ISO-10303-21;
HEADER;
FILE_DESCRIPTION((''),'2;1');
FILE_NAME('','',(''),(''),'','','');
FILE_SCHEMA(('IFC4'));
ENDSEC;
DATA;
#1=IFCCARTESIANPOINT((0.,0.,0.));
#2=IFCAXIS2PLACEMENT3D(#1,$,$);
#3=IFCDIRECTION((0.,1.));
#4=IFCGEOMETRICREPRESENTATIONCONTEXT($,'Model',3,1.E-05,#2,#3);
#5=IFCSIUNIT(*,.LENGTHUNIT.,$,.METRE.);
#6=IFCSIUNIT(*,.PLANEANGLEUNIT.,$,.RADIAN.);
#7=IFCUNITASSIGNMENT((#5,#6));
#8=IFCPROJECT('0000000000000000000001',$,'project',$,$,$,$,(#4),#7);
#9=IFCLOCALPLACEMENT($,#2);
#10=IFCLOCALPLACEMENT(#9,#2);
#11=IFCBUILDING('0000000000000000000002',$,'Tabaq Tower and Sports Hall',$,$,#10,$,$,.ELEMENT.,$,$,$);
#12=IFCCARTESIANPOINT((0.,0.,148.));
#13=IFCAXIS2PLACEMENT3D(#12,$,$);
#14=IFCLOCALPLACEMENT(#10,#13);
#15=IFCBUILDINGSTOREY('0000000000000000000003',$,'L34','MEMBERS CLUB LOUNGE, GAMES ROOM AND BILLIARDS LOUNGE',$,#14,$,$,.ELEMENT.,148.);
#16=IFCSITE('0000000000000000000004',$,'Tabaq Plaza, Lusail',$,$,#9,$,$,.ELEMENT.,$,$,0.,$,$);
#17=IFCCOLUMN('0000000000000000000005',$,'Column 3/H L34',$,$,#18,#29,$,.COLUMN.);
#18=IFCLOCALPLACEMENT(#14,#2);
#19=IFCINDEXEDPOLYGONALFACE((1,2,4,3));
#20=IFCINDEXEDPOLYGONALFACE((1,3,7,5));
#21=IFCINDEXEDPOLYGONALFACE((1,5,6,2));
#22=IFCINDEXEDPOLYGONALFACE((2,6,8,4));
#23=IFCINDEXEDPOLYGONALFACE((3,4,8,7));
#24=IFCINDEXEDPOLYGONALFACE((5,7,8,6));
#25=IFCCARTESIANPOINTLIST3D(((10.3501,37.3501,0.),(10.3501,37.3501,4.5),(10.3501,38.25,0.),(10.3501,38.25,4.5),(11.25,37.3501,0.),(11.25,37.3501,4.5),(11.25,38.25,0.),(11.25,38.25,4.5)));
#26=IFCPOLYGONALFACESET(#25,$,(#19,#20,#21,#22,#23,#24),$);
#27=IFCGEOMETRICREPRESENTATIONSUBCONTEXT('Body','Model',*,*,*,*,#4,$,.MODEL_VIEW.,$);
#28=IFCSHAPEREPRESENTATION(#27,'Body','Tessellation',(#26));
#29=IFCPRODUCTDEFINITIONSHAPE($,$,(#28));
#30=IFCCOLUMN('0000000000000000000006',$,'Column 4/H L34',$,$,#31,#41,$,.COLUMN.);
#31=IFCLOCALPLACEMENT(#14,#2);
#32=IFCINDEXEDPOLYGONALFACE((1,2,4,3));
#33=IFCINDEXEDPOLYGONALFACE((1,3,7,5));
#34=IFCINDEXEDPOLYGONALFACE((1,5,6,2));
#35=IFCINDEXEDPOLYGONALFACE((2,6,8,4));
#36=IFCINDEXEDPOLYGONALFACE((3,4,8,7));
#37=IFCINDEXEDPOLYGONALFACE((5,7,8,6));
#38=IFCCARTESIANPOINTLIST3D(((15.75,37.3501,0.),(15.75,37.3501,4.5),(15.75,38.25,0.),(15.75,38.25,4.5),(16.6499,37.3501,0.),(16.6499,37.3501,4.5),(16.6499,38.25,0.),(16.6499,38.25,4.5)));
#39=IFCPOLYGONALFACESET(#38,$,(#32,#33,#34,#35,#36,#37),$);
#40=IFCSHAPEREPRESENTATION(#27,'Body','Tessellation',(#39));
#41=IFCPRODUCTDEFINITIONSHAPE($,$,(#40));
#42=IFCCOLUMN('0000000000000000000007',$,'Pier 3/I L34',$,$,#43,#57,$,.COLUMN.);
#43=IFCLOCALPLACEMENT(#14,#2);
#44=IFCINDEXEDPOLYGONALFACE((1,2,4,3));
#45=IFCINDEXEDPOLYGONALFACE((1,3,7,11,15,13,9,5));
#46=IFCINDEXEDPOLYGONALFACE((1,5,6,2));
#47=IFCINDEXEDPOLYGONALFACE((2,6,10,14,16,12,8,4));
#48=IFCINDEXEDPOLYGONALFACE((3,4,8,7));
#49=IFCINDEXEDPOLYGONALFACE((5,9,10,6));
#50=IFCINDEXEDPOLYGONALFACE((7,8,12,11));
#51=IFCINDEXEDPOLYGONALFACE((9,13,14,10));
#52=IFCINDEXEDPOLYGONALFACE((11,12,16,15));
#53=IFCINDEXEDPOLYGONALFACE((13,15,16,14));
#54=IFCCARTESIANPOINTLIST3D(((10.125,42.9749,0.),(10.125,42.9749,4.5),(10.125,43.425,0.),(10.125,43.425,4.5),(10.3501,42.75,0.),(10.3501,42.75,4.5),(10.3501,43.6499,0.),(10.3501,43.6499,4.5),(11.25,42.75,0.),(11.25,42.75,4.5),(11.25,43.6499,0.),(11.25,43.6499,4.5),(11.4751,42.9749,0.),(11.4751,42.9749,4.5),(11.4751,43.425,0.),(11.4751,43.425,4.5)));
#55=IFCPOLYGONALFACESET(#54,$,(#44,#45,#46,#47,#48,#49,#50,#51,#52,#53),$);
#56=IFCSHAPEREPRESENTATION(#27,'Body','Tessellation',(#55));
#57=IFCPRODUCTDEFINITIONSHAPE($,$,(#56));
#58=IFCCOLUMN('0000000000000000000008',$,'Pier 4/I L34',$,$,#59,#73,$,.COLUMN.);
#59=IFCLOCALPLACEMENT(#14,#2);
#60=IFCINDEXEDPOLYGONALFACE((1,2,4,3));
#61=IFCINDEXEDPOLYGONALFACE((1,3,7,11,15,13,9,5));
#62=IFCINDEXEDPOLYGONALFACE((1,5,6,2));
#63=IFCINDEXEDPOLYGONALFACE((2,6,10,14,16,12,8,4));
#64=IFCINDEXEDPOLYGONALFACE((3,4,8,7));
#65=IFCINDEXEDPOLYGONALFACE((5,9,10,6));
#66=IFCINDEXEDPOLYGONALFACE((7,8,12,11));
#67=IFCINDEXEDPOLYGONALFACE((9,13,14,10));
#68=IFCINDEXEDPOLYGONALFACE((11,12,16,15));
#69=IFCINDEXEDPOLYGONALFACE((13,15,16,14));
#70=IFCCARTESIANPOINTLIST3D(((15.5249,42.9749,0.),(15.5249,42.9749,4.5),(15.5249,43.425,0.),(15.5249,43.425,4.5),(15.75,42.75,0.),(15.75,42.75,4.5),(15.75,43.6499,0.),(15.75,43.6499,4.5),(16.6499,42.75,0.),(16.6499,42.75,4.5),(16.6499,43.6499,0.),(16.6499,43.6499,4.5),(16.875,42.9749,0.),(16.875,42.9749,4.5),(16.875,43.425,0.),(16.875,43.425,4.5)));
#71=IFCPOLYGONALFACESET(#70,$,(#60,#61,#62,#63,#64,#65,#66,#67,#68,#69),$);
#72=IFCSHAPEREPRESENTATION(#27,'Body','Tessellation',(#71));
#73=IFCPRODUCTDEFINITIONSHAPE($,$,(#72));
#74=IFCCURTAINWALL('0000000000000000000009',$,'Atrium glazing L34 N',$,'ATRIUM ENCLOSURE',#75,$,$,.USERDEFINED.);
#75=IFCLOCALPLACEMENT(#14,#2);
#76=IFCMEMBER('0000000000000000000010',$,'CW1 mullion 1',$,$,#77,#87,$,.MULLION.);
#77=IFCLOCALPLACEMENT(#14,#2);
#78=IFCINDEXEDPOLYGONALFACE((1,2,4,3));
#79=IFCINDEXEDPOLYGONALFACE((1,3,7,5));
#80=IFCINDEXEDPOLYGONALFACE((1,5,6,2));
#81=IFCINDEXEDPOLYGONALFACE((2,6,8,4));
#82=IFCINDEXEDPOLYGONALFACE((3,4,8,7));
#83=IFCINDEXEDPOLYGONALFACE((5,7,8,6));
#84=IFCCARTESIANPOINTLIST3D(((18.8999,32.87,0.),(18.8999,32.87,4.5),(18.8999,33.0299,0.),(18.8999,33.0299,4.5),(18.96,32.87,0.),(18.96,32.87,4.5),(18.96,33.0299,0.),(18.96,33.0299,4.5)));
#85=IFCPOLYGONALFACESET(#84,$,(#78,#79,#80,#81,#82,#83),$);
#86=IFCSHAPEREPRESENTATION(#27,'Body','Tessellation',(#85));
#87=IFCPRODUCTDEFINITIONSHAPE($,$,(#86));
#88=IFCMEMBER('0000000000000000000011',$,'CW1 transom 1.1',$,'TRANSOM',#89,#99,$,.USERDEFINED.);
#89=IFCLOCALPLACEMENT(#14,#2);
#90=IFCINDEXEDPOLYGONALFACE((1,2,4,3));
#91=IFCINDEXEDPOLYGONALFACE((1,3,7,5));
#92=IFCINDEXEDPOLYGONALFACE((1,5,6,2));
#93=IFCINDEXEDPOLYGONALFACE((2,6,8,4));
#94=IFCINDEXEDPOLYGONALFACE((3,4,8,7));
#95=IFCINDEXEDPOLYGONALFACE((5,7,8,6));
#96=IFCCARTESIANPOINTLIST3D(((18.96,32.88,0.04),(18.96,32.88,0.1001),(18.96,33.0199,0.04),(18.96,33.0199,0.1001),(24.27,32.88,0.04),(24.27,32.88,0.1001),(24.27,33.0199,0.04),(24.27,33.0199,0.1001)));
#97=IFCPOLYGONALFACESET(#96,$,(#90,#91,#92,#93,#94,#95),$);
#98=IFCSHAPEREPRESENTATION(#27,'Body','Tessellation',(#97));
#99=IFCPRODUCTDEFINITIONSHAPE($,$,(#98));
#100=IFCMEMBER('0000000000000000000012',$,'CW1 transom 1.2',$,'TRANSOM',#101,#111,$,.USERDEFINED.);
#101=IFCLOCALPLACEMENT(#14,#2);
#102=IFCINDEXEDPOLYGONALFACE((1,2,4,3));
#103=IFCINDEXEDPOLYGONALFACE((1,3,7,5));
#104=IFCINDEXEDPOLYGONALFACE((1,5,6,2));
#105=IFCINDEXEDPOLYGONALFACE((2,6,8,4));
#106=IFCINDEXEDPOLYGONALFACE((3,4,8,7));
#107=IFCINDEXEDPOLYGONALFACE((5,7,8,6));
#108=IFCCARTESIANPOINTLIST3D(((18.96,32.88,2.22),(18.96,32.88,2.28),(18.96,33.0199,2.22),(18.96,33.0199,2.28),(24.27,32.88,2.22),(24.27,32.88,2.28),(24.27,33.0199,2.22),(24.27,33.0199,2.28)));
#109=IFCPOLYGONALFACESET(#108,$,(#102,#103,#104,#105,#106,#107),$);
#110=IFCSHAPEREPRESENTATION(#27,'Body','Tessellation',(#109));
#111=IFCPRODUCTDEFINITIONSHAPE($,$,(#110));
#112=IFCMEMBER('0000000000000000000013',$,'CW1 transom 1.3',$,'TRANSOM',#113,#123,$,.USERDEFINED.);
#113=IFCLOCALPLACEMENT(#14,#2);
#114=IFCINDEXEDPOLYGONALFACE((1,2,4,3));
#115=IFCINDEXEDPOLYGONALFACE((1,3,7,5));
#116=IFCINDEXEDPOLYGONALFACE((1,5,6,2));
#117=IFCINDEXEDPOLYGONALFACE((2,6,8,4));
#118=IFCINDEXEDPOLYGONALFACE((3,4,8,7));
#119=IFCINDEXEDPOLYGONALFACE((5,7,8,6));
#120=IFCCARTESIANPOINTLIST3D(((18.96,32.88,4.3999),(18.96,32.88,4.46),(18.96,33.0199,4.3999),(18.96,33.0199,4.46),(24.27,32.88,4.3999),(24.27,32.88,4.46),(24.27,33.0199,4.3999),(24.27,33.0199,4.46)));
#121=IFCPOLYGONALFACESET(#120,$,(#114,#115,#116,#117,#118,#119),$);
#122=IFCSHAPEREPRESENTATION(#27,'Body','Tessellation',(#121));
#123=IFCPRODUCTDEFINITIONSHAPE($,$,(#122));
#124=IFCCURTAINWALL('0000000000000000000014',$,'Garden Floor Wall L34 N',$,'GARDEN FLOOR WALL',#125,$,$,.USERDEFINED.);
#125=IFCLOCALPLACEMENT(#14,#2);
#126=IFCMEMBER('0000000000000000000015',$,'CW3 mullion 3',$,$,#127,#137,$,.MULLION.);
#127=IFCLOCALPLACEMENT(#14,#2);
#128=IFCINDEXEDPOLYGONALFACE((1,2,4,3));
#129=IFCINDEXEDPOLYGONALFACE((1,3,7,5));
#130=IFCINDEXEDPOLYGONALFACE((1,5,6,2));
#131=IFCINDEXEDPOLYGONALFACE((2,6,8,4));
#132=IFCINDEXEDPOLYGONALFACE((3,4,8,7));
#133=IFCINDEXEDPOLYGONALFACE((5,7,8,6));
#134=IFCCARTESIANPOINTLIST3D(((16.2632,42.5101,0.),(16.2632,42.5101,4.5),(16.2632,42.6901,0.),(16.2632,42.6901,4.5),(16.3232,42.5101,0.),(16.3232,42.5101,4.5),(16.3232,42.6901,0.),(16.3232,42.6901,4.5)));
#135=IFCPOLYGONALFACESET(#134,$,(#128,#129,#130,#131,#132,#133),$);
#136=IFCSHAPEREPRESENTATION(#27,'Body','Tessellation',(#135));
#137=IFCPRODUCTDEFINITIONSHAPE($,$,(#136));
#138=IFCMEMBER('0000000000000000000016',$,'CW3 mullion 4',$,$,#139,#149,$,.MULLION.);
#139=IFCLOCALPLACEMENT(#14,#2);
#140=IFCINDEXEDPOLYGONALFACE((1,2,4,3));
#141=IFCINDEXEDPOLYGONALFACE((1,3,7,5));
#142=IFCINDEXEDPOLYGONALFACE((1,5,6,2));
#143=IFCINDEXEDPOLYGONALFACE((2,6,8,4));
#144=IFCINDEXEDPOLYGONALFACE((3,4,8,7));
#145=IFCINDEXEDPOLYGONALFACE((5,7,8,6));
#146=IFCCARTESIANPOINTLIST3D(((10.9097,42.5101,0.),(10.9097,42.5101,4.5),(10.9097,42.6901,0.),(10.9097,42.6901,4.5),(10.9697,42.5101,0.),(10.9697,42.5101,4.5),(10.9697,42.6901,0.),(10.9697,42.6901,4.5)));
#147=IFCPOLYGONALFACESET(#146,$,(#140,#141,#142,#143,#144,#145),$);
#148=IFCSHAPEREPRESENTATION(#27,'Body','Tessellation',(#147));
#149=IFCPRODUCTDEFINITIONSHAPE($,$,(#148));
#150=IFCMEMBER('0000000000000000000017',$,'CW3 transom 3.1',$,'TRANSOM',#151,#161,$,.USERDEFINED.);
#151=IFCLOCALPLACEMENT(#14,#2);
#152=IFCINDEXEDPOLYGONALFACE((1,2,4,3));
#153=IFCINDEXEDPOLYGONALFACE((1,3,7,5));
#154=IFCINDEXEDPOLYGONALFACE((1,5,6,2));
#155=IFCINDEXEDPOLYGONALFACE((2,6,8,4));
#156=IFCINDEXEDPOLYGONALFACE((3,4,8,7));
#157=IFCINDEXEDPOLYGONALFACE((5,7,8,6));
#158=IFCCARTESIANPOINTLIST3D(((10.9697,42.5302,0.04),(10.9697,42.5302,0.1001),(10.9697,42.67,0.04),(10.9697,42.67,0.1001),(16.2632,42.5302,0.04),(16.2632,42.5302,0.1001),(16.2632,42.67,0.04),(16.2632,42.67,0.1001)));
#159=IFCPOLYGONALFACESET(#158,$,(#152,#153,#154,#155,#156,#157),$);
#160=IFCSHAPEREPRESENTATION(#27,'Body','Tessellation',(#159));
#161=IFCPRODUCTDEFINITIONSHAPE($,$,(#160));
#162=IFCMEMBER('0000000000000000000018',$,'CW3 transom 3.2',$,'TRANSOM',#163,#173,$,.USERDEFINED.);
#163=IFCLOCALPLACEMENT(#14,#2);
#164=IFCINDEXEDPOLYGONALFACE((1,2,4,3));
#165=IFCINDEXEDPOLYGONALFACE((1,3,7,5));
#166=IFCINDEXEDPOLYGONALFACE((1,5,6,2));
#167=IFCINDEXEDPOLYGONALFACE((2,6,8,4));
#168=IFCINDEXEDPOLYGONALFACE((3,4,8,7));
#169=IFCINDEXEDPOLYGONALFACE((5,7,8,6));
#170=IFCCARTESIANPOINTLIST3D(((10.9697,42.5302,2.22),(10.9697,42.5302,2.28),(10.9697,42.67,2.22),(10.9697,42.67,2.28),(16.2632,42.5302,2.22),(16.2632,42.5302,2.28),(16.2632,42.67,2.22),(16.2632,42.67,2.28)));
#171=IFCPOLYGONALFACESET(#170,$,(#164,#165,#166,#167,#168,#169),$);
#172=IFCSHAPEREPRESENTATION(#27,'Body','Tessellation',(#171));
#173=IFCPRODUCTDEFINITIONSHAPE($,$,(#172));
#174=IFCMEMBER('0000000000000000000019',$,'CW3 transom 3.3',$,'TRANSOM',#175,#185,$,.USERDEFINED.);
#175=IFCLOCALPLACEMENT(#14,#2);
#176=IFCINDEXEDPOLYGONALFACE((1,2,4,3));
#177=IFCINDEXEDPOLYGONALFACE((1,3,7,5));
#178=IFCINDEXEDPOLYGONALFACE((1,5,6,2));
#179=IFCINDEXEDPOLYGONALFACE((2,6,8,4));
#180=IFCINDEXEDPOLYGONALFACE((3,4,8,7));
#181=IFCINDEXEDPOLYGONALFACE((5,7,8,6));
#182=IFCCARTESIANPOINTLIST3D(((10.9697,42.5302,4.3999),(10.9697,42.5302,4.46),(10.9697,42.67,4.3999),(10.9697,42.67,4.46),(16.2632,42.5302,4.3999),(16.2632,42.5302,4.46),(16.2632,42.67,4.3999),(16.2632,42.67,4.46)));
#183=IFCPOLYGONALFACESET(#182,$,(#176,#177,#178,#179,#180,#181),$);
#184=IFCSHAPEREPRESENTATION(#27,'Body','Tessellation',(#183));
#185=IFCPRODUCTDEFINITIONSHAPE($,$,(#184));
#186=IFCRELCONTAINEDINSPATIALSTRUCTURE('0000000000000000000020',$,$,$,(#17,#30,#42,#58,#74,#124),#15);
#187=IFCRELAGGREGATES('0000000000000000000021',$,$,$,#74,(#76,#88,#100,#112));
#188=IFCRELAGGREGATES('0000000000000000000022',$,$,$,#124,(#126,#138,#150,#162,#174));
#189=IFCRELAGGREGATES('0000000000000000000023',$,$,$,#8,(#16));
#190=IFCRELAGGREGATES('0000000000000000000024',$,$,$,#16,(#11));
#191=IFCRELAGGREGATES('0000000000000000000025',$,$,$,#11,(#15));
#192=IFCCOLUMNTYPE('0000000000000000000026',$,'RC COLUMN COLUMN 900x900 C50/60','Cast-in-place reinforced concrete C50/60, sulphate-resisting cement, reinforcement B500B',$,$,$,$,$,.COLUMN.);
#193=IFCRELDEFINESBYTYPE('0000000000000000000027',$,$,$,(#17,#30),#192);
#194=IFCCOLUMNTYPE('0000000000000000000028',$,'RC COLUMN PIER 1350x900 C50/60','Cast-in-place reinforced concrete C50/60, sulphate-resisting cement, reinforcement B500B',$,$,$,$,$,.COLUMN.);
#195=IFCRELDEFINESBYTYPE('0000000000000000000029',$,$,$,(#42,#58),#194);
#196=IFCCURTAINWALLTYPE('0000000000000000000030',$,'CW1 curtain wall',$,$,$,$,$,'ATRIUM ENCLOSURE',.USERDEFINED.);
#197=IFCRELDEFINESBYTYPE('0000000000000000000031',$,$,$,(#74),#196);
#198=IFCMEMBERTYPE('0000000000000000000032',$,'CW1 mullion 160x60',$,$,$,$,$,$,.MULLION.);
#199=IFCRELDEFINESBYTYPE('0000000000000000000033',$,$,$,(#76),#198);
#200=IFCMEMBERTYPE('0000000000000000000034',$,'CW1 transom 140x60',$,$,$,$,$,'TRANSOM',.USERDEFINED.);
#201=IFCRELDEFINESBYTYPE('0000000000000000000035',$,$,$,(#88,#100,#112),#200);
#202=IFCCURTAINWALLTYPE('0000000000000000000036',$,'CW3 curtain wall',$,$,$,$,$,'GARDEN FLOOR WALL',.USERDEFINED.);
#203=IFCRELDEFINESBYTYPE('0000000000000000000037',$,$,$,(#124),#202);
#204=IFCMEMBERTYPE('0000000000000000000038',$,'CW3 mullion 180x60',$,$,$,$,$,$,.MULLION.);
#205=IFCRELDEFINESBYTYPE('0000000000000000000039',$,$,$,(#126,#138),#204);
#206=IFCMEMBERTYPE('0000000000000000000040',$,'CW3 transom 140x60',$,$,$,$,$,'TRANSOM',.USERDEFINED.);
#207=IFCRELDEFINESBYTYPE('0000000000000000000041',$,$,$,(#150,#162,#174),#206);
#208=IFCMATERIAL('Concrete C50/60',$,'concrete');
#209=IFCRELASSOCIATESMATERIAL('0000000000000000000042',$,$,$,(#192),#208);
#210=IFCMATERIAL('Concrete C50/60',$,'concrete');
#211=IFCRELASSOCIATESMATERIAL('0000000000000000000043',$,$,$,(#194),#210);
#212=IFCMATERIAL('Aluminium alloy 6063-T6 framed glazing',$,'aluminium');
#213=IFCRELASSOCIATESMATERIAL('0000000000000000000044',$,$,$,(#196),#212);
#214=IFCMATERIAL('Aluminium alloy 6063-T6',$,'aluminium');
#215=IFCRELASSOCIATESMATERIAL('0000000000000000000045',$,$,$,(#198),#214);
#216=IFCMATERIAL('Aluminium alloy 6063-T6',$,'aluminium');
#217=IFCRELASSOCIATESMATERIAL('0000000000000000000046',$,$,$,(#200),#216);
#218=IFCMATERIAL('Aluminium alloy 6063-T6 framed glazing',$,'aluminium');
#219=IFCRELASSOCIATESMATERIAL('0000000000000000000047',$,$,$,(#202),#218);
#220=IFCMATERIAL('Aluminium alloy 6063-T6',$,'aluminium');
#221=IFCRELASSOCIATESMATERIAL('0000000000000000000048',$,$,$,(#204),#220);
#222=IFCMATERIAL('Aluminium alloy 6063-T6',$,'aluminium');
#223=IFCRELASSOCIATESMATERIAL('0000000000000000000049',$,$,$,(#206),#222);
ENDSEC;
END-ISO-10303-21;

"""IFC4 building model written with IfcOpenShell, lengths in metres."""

from ifc_helpers import new_model, si_unit, direction, frame, origin, origin_2d, place, context, subcontext, project, spatial, polyline, rectangle, outline, extrude, material, material_profile, profile_set, type_object, element, aggregate, save


model = new_model("IFC4")

# Units and contexts
model_context = context("Model", 3, precision=1e-05, world=origin(), true_north=direction((0.0, 1.0)))
body_context = subcontext(model_context, "Body", "Model", "MODEL_VIEW")
ifc_project = project(units=[si_unit("LENGTHUNIT", "METRE"), si_unit("PLANEANGLEUNIT", "RADIAN")], contexts=[model_context])

# Site, building, storey
site_placement = place(None, origin())
site = spatial("IfcSite", under=ifc_project, at=site_placement, Name="Tabaq Plaza, Lusail", CompositionType="ELEMENT", RefElevation=0.0)
building_placement = place(site_placement, origin())
building = spatial("IfcBuilding", under=site, at=building_placement, Name="Tabaq Tower and Sports Hall", CompositionType="ELEMENT")
storey_placement = place(building_placement, frame((0.0, 0.0, 148.0)))
storey = spatial("IfcBuildingStorey", under=building, at=storey_placement, Name="L34", Description="MEMBERS CLUB LOUNGE, GAMES ROOM AND BILLIARDS LOUNGE", CompositionType="ELEMENT", Elevation=148.0)

# Columns
ifc_material_1 = material(Name="Concrete C50/60", Category="concrete")
ifc_material_profile_1 = material_profile(ifc_material_1, rectangle(XDim=0.8999, YDim=0.8999, at=origin_2d()), Name="COLUMN 900x900")
ifc_profile_set_1 = profile_set([ifc_material_profile_1], Name="Concrete C50/60")
column_type_1 = type_object("IfcColumnType", Name="RC COLUMN COLUMN 900x900 C50/60", Description="Cast-in-place reinforced concrete C50/60, sulphate-resisting cement, reinforcement B500B", PredefinedType="COLUMN", material=ifc_profile_set_1)
for number, where, z_axis, x_axis, name in (
    (1, (10.8, 37.8, 0.0), (0.0, 0.0, 1.0), (1.0, 0.0, 0.0), "Column 3/H L34"),
    (2, (16.2, 37.8, 0.0), (0.0, 0.0, 1.0), (1.0, 0.0, 0.0), "Column 4/H L34"),
):
    element("IfcColumn", number, at=place(storey_placement, frame(where, z_axis=z_axis, x_axis=x_axis)), inside=storey, type_object=column_type_1, Name=name, PredefinedType="COLUMN", context=body_context, shape_type="SweptSolid", body=[
        extrude(rectangle(XDim=0.8999, YDim=0.8999, at=origin_2d()), origin(), (0.0, 0.0, 1.0), 4.5),
    ])
ifc_material_2 = material(Name="Concrete C50/60", Category="concrete")
ifc_material_profile_2 = material_profile(ifc_material_2, outline(polyline([(-0.45, -0.45), (0.45, -0.45), (0.675, -0.2251), (0.675, 0.2251), (0.45, 0.45), (-0.45, 0.45), (-0.675, 0.2251), (-0.675, -0.2251), (-0.45, -0.45)])), Name="PIER 1350x900")
ifc_profile_set_2 = profile_set([ifc_material_profile_2], Name="Concrete C50/60")
column_type_2 = type_object("IfcColumnType", Name="RC COLUMN PIER 1350x900 C50/60", Description="Cast-in-place reinforced concrete C50/60, sulphate-resisting cement, reinforcement B500B", PredefinedType="COLUMN", material=ifc_profile_set_2)
for number, where, z_axis, x_axis, name in (
    (3, (10.8, 43.2, 0.0), (0.0, 0.0, 1.0), (1.0, 0.0, 0.0), "Pier 3/I L34"),
    (4, (16.2, 43.2, 0.0), (0.0, 0.0, 1.0), (1.0, 0.0, 0.0), "Pier 4/I L34"),
):
    element("IfcColumn", number, at=place(storey_placement, frame(where, z_axis=z_axis, x_axis=x_axis)), inside=storey, type_object=column_type_2, Name=name, PredefinedType="COLUMN", context=body_context, shape_type="SweptSolid", body=[
        extrude(outline(polyline([(-0.45, -0.45), (0.45, -0.45), (0.675, -0.2251), (0.675, 0.2251), (0.45, 0.45), (-0.45, 0.45), (-0.675, 0.2251), (-0.675, -0.2251), (-0.45, -0.45)])), origin(), (0.0, 0.0, 1.0), 4.5),
    ])

# Curtain walls, members
ifc_material_3 = material(Name="Aluminium alloy 6063-T6 framed glazing", Category="aluminium")
curtain_wall_type_1 = type_object("IfcCurtainWallType", Name="CW1 curtain wall", ElementType="ATRIUM ENCLOSURE", PredefinedType="USERDEFINED", material=ifc_material_3)
curtain_wall_1_placement = place(storey_placement, origin())
curtain_wall_1 = element("IfcCurtainWall", 5, at=curtain_wall_1_placement, inside=storey, type_object=curtain_wall_type_1, Name="Atrium glazing L34 N", ObjectType="ATRIUM ENCLOSURE", PredefinedType="USERDEFINED")
ifc_material_4 = material(Name="Aluminium alloy 6063-T6", Category="aluminium")
ifc_material_profile_3 = material_profile(ifc_material_4, rectangle(XDim=0.1599, YDim=0.0601, at=origin_2d()), Name="MULLION 160x60")
ifc_profile_set_3 = profile_set([ifc_material_profile_3], Name="Aluminium alloy 6063-T6")
member_type_1 = type_object("IfcMemberType", Name="CW1 mullion 160x60", PredefinedType="MULLION", material=ifc_profile_set_3)
member_1_placement = place(storey_placement, frame((18.9299, 32.95, 0.0), z_axis=(0.0, 0.0, 1.0), x_axis=(0.0, 1.0, 0.0)))
member_1 = element("IfcMember", 6, at=member_1_placement, type_object=member_type_1, Name="CW1 mullion 1", PredefinedType="MULLION", context=body_context, shape_type="SweptSolid", body=[
    extrude(rectangle(XDim=0.1599, YDim=0.0601, at=origin_2d()), origin(), (0.0, 0.0, 1.0), 4.5),
])
ifc_material_5 = material(Name="Aluminium alloy 6063-T6", Category="aluminium")
ifc_material_profile_4 = material_profile(ifc_material_5, rectangle(XDim=0.1399, YDim=0.0601, at=origin_2d()), Name="TRANSOM 140x60")
ifc_profile_set_4 = profile_set([ifc_material_profile_4], Name="Aluminium alloy 6063-T6")
member_type_2 = type_object("IfcMemberType", Name="CW1 transom 140x60", ElementType="TRANSOM", PredefinedType="USERDEFINED", material=ifc_profile_set_4)
member_2_placement = place(storey_placement, frame((18.96, 32.95, 0.0701), z_axis=(1.0, 0.0, 0.0), x_axis=(0.0, 1.0, 0.0)))
member_2 = element("IfcMember", 7, at=member_2_placement, type_object=member_type_2, Name="CW1 transom 1.1", ObjectType="TRANSOM", PredefinedType="USERDEFINED", context=body_context, shape_type="SweptSolid", body=[
    extrude(rectangle(XDim=0.1399, YDim=0.0601, at=origin_2d()), origin(), (0.0, 0.0, 1.0), 5.3101),
])
member_3_placement = place(storey_placement, frame((18.96, 32.95, 2.25), z_axis=(1.0, 0.0, 0.0), x_axis=(0.0, 1.0, 0.0)))
member_3 = element("IfcMember", 8, at=member_3_placement, type_object=member_type_2, Name="CW1 transom 1.2", ObjectType="TRANSOM", PredefinedType="USERDEFINED", context=body_context, shape_type="SweptSolid", body=[
    extrude(rectangle(XDim=0.1399, YDim=0.0601, at=origin_2d()), origin(), (0.0, 0.0, 1.0), 5.3101),
])
member_4_placement = place(storey_placement, frame((18.96, 32.95, 4.4299), z_axis=(1.0, 0.0, 0.0), x_axis=(0.0, 1.0, 0.0)))
member_4 = element("IfcMember", 9, at=member_4_placement, type_object=member_type_2, Name="CW1 transom 1.3", ObjectType="TRANSOM", PredefinedType="USERDEFINED", context=body_context, shape_type="SweptSolid", body=[
    extrude(rectangle(XDim=0.1399, YDim=0.0601, at=origin_2d()), origin(), (0.0, 0.0, 1.0), 5.3101),
])
aggregate(curtain_wall_1, [member_1, member_2, member_3, member_4])
ifc_material_6 = material(Name="Aluminium alloy 6063-T6 framed glazing", Category="aluminium")
curtain_wall_type_2 = type_object("IfcCurtainWallType", Name="CW3 curtain wall", ElementType="GARDEN FLOOR WALL", PredefinedType="USERDEFINED", material=ifc_material_6)
curtain_wall_2_placement = place(storey_placement, origin())
curtain_wall_2 = element("IfcCurtainWall", 10, at=curtain_wall_2_placement, inside=storey, type_object=curtain_wall_type_2, Name="Garden Floor Wall L34 N", ObjectType="GARDEN FLOOR WALL", PredefinedType="USERDEFINED")
ifc_material_7 = material(Name="Aluminium alloy 6063-T6", Category="aluminium")
ifc_material_profile_5 = material_profile(ifc_material_7, rectangle(XDim=0.1799, YDim=0.0601, at=origin_2d()), Name="MULLION 180x60")
ifc_profile_set_5 = profile_set([ifc_material_profile_5], Name="Aluminium alloy 6063-T6")
member_type_3 = type_object("IfcMemberType", Name="CW3 mullion 180x60", PredefinedType="MULLION", material=ifc_profile_set_5)
member_5_placement = place(storey_placement, frame((16.2932, 42.6001, 0.0), z_axis=(0.0, 0.0, 1.0), x_axis=(0.0, -1.0, 0.0)))
member_5 = element("IfcMember", 11, at=member_5_placement, type_object=member_type_3, Name="CW3 mullion 3", PredefinedType="MULLION", context=body_context, shape_type="SweptSolid", body=[
    extrude(rectangle(XDim=0.1799, YDim=0.0601, at=origin_2d()), origin(), (0.0, 0.0, 1.0), 4.5),
])
member_6_placement = place(storey_placement, frame((10.9397, 42.6001, 0.0), z_axis=(0.0, 0.0, 1.0), x_axis=(0.0, -1.0, 0.0)))
member_6 = element("IfcMember", 12, at=member_6_placement, type_object=member_type_3, Name="CW3 mullion 4", PredefinedType="MULLION", context=body_context, shape_type="SweptSolid", body=[
    extrude(rectangle(XDim=0.1799, YDim=0.0601, at=origin_2d()), origin(), (0.0, 0.0, 1.0), 4.5),
])
ifc_material_8 = material(Name="Aluminium alloy 6063-T6", Category="aluminium")
ifc_material_profile_6 = material_profile(ifc_material_8, rectangle(XDim=0.1399, YDim=0.0601, at=origin_2d()), Name="TRANSOM 140x60")
ifc_profile_set_6 = profile_set([ifc_material_profile_6], Name="Aluminium alloy 6063-T6")
member_type_4 = type_object("IfcMemberType", Name="CW3 transom 140x60", ElementType="TRANSOM", PredefinedType="USERDEFINED", material=ifc_profile_set_6)
member_7_placement = place(storey_placement, frame((16.2632, 42.6001, 0.0701), z_axis=(-1.0, 0.0, 0.0), x_axis=(0.0, -1.0, 0.0)))
member_7 = element("IfcMember", 13, at=member_7_placement, type_object=member_type_4, Name="CW3 transom 3.1", ObjectType="TRANSOM", PredefinedType="USERDEFINED", context=body_context, shape_type="SweptSolid", body=[
    extrude(rectangle(XDim=0.1399, YDim=0.0601, at=origin_2d()), origin(), (0.0, 0.0, 1.0), 5.2935),
])
member_8_placement = place(storey_placement, frame((16.2632, 42.6001, 2.25), z_axis=(-1.0, 0.0, 0.0), x_axis=(0.0, -1.0, 0.0)))
member_8 = element("IfcMember", 14, at=member_8_placement, type_object=member_type_4, Name="CW3 transom 3.2", ObjectType="TRANSOM", PredefinedType="USERDEFINED", context=body_context, shape_type="SweptSolid", body=[
    extrude(rectangle(XDim=0.1399, YDim=0.0601, at=origin_2d()), origin(), (0.0, 0.0, 1.0), 5.2935),
])
member_9_placement = place(storey_placement, frame((16.2632, 42.6001, 4.4299), z_axis=(-1.0, 0.0, 0.0), x_axis=(0.0, -1.0, 0.0)))
member_9 = element("IfcMember", 15, at=member_9_placement, type_object=member_type_4, Name="CW3 transom 3.3", ObjectType="TRANSOM", PredefinedType="USERDEFINED", context=body_context, shape_type="SweptSolid", body=[
    extrude(rectangle(XDim=0.1399, YDim=0.0601, at=origin_2d()), origin(), (0.0, 0.0, 1.0), 5.2935),
])

aggregate(curtain_wall_2, [member_5, member_6, member_7, member_8, member_9])

save(model, "model.ifc")
